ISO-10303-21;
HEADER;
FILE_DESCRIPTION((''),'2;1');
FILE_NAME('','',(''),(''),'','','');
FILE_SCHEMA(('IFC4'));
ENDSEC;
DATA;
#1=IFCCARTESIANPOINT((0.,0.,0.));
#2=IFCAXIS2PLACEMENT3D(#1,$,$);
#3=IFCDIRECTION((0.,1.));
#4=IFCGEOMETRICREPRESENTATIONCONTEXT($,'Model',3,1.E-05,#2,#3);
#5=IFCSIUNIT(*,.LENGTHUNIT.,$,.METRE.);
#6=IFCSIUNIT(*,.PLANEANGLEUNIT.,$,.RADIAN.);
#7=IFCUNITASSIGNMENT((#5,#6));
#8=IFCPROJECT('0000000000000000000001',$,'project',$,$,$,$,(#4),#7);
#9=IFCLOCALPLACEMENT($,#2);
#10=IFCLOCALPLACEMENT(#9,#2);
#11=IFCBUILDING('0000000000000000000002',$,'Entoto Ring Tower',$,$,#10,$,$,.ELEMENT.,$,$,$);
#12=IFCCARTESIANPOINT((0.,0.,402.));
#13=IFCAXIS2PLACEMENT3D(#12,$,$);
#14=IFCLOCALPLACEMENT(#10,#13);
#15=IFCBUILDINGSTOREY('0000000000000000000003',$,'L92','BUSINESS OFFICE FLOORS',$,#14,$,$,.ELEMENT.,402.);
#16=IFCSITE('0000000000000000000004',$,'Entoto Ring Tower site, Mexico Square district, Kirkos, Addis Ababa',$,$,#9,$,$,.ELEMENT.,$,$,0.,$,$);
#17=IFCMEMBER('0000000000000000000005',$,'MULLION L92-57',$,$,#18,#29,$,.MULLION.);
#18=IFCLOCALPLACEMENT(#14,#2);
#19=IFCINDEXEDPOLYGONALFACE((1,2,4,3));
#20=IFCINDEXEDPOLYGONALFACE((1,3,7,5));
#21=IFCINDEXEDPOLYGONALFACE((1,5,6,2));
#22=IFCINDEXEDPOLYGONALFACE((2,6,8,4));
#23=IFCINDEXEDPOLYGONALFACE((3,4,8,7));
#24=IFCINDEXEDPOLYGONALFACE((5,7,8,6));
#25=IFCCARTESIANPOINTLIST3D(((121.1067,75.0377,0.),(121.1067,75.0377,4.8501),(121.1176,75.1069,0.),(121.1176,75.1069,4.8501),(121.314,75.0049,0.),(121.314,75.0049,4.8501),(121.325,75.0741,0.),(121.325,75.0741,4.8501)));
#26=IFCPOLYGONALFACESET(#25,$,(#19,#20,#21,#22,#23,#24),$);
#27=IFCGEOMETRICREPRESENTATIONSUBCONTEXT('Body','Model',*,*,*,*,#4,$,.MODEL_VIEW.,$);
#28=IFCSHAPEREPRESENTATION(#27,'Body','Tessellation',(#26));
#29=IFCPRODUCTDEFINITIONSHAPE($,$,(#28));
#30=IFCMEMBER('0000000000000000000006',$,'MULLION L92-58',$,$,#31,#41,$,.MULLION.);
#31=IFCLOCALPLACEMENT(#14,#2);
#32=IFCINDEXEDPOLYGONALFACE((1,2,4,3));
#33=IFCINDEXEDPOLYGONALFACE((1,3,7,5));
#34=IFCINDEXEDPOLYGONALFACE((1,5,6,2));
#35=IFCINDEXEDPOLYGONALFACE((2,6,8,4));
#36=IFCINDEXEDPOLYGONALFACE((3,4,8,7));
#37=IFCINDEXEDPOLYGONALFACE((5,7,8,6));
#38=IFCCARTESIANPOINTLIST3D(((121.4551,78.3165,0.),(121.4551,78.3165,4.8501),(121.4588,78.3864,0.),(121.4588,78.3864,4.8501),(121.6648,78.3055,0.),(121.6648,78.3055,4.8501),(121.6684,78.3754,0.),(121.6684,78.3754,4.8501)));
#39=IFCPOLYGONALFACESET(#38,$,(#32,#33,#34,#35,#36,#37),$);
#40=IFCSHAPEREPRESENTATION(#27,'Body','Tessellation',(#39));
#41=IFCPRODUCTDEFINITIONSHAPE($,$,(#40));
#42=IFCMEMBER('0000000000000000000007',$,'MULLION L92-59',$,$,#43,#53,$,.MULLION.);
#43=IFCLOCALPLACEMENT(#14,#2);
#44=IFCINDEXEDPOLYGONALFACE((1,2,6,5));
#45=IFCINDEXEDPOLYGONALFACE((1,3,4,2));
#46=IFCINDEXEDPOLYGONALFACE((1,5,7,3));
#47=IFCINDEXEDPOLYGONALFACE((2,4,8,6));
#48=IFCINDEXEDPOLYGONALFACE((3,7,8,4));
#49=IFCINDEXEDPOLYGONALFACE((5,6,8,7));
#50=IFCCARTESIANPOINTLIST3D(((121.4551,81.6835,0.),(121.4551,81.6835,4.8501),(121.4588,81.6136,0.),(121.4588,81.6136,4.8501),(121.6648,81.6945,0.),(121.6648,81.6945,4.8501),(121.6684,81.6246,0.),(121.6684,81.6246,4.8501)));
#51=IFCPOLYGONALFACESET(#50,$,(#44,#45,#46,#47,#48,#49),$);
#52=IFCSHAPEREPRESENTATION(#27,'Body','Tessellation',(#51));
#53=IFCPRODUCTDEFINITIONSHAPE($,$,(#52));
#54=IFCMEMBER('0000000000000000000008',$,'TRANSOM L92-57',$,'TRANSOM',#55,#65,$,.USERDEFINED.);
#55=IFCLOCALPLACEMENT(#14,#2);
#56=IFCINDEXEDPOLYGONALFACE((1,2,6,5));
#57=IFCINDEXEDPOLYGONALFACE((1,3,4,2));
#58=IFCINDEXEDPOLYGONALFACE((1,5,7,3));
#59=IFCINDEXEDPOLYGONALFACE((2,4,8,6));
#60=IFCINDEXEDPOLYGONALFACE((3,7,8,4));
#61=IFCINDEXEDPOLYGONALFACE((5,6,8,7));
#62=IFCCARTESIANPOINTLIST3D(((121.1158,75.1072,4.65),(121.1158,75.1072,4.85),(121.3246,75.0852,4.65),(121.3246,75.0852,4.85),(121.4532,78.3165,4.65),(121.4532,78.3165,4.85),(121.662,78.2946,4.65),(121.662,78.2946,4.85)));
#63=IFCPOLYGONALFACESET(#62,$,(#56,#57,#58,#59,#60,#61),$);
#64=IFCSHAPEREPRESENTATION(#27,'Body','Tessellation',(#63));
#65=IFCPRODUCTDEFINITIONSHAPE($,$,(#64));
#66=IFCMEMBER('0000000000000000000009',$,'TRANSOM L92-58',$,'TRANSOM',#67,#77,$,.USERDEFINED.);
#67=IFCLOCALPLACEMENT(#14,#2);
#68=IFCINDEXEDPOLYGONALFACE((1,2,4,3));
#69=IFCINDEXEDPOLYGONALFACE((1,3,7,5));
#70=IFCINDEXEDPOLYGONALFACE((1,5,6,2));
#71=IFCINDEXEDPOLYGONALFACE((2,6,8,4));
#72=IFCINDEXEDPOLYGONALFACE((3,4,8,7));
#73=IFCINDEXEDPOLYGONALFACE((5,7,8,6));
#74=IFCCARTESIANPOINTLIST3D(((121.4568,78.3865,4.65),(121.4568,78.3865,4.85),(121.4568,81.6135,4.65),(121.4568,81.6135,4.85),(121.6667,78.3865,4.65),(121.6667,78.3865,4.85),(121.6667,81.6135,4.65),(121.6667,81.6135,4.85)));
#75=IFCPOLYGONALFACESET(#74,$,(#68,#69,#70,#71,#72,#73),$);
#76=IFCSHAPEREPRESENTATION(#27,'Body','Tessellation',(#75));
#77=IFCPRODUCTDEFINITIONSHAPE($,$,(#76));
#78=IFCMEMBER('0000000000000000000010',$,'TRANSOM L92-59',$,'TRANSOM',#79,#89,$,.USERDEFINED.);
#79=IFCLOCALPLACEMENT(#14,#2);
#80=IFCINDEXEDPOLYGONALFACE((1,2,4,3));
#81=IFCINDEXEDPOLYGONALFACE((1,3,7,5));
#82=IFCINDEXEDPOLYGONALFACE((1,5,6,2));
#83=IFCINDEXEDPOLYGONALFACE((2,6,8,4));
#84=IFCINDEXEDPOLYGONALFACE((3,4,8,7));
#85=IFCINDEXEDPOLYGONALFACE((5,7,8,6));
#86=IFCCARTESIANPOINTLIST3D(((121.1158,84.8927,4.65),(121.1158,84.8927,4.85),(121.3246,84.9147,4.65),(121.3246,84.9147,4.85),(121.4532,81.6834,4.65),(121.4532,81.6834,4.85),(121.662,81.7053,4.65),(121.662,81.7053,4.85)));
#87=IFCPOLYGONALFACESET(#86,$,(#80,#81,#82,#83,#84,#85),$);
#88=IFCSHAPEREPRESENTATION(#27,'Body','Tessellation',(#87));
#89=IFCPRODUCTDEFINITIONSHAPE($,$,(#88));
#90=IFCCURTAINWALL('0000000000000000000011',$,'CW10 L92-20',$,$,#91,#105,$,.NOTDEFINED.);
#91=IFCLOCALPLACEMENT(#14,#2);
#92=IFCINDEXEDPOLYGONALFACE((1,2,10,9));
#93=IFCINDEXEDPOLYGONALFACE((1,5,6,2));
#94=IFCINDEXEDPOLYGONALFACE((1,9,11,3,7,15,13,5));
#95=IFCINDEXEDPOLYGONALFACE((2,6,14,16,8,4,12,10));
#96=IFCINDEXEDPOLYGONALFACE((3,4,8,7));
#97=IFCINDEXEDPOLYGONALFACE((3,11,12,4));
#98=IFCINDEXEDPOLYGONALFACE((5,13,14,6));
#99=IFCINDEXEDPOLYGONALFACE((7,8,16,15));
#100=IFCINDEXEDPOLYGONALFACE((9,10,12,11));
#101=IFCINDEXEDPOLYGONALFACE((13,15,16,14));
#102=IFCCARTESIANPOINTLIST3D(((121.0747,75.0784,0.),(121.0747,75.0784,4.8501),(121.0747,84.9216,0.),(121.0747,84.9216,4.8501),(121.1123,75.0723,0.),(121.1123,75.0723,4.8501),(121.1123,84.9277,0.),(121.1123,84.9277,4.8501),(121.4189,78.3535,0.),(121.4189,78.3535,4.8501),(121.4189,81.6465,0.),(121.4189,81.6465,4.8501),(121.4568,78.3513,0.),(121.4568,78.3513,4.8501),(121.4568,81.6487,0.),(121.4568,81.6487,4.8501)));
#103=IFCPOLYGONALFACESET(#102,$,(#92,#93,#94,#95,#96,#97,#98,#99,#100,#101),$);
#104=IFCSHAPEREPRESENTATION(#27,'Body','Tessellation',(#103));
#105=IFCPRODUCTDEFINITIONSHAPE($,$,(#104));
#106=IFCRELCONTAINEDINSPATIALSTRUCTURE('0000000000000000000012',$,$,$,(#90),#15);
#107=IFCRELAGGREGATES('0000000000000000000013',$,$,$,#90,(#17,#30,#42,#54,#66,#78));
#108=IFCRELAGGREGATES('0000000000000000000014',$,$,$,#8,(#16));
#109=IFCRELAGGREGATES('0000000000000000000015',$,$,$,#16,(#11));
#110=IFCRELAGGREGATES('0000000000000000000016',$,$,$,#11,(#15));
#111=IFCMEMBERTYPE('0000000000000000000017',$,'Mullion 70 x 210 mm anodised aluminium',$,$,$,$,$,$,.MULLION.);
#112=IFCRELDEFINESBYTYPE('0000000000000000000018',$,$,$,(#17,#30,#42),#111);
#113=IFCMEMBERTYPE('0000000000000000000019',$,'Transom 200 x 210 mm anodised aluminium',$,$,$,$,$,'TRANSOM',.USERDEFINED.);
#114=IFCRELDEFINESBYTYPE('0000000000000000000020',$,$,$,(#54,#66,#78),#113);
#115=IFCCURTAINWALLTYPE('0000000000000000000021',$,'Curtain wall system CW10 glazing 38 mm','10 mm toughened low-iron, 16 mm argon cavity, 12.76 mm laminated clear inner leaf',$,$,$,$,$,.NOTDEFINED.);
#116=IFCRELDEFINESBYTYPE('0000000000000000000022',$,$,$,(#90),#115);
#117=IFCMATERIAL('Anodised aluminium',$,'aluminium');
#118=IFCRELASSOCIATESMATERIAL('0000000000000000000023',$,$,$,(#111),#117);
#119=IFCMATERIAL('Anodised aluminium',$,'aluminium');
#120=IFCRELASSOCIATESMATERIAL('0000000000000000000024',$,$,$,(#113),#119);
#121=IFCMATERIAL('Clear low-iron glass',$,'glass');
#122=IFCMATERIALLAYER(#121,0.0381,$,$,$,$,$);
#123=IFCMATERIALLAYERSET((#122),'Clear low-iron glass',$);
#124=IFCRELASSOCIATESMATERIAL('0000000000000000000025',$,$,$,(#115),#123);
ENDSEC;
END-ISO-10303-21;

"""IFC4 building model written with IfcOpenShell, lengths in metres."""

from ifc_helpers import new_model, si_unit, direction, frame, origin, origin_2d, place, context, subcontext, project, spatial, polyline, rectangle, outline, extrude, material, layer, layer_set, material_profile, profile_set, type_object, element, aggregate, save


model = new_model("IFC4")

# Units and contexts
model_context = context("Model", 3, precision=1e-05, world=origin(), true_north=direction((0.0, 1.0)))
body_context = subcontext(model_context, "Body", "Model", "MODEL_VIEW")
ifc_project = project(units=[si_unit("LENGTHUNIT", "METRE"), si_unit("PLANEANGLEUNIT", "RADIAN")], contexts=[model_context])

# Members
ifc_material_1 = material(Name="Anodised aluminium", Category="aluminium")
ifc_material_profile_1 = material_profile(ifc_material_1, rectangle(XDim=0.0701, YDim=0.21, at=origin_2d()), Name="Mullion 70 x 210 mm anodised aluminium")
ifc_profile_set_1 = profile_set([ifc_material_profile_1], Name="Anodised aluminium")
member_type_1 = type_object("IfcMemberType", Name="Mullion 70 x 210 mm anodised aluminium", PredefinedType="MULLION", material=ifc_profile_set_1)
site_placement = place(None, origin())
building_placement = place(site_placement, origin())
storey_placement = place(building_placement, frame((0.0, 0.0, 402.0)))
member_1_placement = place(storey_placement, frame((121.2158, 75.0559, 0.0), z_axis=(0.0, 0.0, 1.0), x_axis=(0.156434, 0.987688, 0.0)))
member_1 = element("IfcMember", 1, at=member_1_placement, type_object=member_type_1, Name="MULLION L92-57", PredefinedType="MULLION", context=body_context, shape_type="SweptSolid", body=[
    extrude(rectangle(XDim=0.0701, YDim=0.21, at=origin_2d()), origin(), (0.0, 0.0, 1.0), 4.8501),
])
member_2_placement = place(storey_placement, frame((121.5618, 78.3459, 0.0), z_axis=(0.0, 0.0, 1.0), x_axis=(0.052336, 0.99863, 0.0)))
member_2 = element("IfcMember", 2, at=member_2_placement, type_object=member_type_1, Name="MULLION L92-58", PredefinedType="MULLION", context=body_context, shape_type="SweptSolid", body=[
    extrude(rectangle(XDim=0.0701, YDim=0.21, at=origin_2d()), origin(), (0.0, 0.0, 1.0), 4.8501),
])
member_3_placement = place(storey_placement, frame((121.5618, 81.6541, 0.0), z_axis=(0.0, 0.0, 1.0), x_axis=(-0.052336, 0.99863, 0.0)))
member_3 = element("IfcMember", 3, at=member_3_placement, type_object=member_type_1, Name="MULLION L92-59", PredefinedType="MULLION", context=body_context, shape_type="SweptSolid", body=[
    extrude(rectangle(XDim=0.0701, YDim=0.21, at=origin_2d()), origin(), (0.0, 0.0, 1.0), 4.8501),
])
ifc_material_2 = material(Name="Anodised aluminium", Category="aluminium")
ifc_material_profile_2 = material_profile(ifc_material_2, rectangle(XDim=0.21, YDim=0.2, at=origin_2d()), Name="Transom 200 x 210 mm anodised aluminium")
ifc_profile_set_2 = profile_set([ifc_material_profile_2], Name="Anodised aluminium")
member_type_2 = type_object("IfcMemberType", Name="Transom 200 x 210 mm anodised aluminium", ElementType="TRANSOM", PredefinedType="USERDEFINED", material=ifc_profile_set_2)
member_4_placement = place(storey_placement, frame((121.2202, 75.0962, 4.75), z_axis=(0.104551, 0.99452, 0.0), x_axis=(-0.99452, 0.104551, 0.0)))
member_4 = element("IfcMember", 4, at=member_4_placement, type_object=member_type_2, Name="TRANSOM L92-57", ObjectType="TRANSOM", PredefinedType="USERDEFINED", context=body_context, shape_type="SweptSolid", body=[
    extrude(rectangle(XDim=0.21, YDim=0.2, at=origin_2d()), origin(), (0.0, 0.0, 1.0), 3.2271),
])
member_5_placement = place(storey_placement, frame((121.5618, 78.3865, 4.75), z_axis=(0.0, 1.0, 0.0), x_axis=(-1.0, 0.0, 0.0)))
member_5 = element("IfcMember", 5, at=member_5_placement, type_object=member_type_2, Name="TRANSOM L92-58", ObjectType="TRANSOM", PredefinedType="USERDEFINED", context=body_context, shape_type="SweptSolid", body=[
    extrude(rectangle(XDim=0.21, YDim=0.2, at=origin_2d()), origin(), (0.0, 0.0, 1.0), 3.2271),
])
member_6_placement = place(storey_placement, frame((121.5576, 81.6943, 4.75), z_axis=(-0.104551, 0.99452, 0.0), x_axis=(-0.99452, -0.104551, 0.0)))
member_6 = element("IfcMember", 6, at=member_6_placement, type_object=member_type_2, Name="TRANSOM L92-59", ObjectType="TRANSOM", PredefinedType="USERDEFINED", context=body_context, shape_type="SweptSolid", body=[
    extrude(rectangle(XDim=0.21, YDim=0.2, at=origin_2d()), origin(), (0.0, 0.0, 1.0), 3.2271),
])

# Site, building, storey
site = spatial("IfcSite", under=ifc_project, at=site_placement, Name="Entoto Ring Tower site, Mexico Square district, Kirkos, Addis Ababa", CompositionType="ELEMENT", RefElevation=0.0)
building = spatial("IfcBuilding", under=site, at=building_placement, Name="Entoto Ring Tower", CompositionType="ELEMENT")
storey = spatial("IfcBuildingStorey", under=building, at=storey_placement, Name="L92", Description="BUSINESS OFFICE FLOORS", CompositionType="ELEMENT", Elevation=402.0)

# Curtain wall
ifc_material_3 = material(Name="Clear low-iron glass", Category="glass")
ifc_layer = layer(ifc_material_3, 0.0381)
ifc_layer_set = layer_set([ifc_layer], Name="Clear low-iron glass")
curtain_wall_type = type_object("IfcCurtainWallType", Name="Curtain wall system CW10 glazing 38 mm", Description="10 mm toughened low-iron, 16 mm argon cavity, 12.76 mm laminated clear inner leaf", PredefinedType="NOTDEFINED", material=ifc_layer_set)
curtain_wall_1_placement = place(storey_placement, origin())
curtain_wall_1 = element("IfcCurtainWall", 7, at=curtain_wall_1_placement, inside=storey, type_object=curtain_wall_type, Name="CW10 L92-20", PredefinedType="NOTDEFINED", context=body_context, shape_type="SweptSolid", body=[
    extrude(outline(polyline([(121.1123, 75.0723), (121.4568, 78.3513), (121.4568, 81.6487), (121.1123, 84.9277), (121.0747, 84.9216), (121.4189, 81.6465), (121.4189, 78.3535), (121.0747, 75.0784), (121.1123, 75.0723)])), origin(), (0.0, 0.0, 1.0), 4.8501),
])
aggregate(curtain_wall_1, [member_1, member_2, member_3, member_4, member_5, member_6])

save(model, "model.ifc")
